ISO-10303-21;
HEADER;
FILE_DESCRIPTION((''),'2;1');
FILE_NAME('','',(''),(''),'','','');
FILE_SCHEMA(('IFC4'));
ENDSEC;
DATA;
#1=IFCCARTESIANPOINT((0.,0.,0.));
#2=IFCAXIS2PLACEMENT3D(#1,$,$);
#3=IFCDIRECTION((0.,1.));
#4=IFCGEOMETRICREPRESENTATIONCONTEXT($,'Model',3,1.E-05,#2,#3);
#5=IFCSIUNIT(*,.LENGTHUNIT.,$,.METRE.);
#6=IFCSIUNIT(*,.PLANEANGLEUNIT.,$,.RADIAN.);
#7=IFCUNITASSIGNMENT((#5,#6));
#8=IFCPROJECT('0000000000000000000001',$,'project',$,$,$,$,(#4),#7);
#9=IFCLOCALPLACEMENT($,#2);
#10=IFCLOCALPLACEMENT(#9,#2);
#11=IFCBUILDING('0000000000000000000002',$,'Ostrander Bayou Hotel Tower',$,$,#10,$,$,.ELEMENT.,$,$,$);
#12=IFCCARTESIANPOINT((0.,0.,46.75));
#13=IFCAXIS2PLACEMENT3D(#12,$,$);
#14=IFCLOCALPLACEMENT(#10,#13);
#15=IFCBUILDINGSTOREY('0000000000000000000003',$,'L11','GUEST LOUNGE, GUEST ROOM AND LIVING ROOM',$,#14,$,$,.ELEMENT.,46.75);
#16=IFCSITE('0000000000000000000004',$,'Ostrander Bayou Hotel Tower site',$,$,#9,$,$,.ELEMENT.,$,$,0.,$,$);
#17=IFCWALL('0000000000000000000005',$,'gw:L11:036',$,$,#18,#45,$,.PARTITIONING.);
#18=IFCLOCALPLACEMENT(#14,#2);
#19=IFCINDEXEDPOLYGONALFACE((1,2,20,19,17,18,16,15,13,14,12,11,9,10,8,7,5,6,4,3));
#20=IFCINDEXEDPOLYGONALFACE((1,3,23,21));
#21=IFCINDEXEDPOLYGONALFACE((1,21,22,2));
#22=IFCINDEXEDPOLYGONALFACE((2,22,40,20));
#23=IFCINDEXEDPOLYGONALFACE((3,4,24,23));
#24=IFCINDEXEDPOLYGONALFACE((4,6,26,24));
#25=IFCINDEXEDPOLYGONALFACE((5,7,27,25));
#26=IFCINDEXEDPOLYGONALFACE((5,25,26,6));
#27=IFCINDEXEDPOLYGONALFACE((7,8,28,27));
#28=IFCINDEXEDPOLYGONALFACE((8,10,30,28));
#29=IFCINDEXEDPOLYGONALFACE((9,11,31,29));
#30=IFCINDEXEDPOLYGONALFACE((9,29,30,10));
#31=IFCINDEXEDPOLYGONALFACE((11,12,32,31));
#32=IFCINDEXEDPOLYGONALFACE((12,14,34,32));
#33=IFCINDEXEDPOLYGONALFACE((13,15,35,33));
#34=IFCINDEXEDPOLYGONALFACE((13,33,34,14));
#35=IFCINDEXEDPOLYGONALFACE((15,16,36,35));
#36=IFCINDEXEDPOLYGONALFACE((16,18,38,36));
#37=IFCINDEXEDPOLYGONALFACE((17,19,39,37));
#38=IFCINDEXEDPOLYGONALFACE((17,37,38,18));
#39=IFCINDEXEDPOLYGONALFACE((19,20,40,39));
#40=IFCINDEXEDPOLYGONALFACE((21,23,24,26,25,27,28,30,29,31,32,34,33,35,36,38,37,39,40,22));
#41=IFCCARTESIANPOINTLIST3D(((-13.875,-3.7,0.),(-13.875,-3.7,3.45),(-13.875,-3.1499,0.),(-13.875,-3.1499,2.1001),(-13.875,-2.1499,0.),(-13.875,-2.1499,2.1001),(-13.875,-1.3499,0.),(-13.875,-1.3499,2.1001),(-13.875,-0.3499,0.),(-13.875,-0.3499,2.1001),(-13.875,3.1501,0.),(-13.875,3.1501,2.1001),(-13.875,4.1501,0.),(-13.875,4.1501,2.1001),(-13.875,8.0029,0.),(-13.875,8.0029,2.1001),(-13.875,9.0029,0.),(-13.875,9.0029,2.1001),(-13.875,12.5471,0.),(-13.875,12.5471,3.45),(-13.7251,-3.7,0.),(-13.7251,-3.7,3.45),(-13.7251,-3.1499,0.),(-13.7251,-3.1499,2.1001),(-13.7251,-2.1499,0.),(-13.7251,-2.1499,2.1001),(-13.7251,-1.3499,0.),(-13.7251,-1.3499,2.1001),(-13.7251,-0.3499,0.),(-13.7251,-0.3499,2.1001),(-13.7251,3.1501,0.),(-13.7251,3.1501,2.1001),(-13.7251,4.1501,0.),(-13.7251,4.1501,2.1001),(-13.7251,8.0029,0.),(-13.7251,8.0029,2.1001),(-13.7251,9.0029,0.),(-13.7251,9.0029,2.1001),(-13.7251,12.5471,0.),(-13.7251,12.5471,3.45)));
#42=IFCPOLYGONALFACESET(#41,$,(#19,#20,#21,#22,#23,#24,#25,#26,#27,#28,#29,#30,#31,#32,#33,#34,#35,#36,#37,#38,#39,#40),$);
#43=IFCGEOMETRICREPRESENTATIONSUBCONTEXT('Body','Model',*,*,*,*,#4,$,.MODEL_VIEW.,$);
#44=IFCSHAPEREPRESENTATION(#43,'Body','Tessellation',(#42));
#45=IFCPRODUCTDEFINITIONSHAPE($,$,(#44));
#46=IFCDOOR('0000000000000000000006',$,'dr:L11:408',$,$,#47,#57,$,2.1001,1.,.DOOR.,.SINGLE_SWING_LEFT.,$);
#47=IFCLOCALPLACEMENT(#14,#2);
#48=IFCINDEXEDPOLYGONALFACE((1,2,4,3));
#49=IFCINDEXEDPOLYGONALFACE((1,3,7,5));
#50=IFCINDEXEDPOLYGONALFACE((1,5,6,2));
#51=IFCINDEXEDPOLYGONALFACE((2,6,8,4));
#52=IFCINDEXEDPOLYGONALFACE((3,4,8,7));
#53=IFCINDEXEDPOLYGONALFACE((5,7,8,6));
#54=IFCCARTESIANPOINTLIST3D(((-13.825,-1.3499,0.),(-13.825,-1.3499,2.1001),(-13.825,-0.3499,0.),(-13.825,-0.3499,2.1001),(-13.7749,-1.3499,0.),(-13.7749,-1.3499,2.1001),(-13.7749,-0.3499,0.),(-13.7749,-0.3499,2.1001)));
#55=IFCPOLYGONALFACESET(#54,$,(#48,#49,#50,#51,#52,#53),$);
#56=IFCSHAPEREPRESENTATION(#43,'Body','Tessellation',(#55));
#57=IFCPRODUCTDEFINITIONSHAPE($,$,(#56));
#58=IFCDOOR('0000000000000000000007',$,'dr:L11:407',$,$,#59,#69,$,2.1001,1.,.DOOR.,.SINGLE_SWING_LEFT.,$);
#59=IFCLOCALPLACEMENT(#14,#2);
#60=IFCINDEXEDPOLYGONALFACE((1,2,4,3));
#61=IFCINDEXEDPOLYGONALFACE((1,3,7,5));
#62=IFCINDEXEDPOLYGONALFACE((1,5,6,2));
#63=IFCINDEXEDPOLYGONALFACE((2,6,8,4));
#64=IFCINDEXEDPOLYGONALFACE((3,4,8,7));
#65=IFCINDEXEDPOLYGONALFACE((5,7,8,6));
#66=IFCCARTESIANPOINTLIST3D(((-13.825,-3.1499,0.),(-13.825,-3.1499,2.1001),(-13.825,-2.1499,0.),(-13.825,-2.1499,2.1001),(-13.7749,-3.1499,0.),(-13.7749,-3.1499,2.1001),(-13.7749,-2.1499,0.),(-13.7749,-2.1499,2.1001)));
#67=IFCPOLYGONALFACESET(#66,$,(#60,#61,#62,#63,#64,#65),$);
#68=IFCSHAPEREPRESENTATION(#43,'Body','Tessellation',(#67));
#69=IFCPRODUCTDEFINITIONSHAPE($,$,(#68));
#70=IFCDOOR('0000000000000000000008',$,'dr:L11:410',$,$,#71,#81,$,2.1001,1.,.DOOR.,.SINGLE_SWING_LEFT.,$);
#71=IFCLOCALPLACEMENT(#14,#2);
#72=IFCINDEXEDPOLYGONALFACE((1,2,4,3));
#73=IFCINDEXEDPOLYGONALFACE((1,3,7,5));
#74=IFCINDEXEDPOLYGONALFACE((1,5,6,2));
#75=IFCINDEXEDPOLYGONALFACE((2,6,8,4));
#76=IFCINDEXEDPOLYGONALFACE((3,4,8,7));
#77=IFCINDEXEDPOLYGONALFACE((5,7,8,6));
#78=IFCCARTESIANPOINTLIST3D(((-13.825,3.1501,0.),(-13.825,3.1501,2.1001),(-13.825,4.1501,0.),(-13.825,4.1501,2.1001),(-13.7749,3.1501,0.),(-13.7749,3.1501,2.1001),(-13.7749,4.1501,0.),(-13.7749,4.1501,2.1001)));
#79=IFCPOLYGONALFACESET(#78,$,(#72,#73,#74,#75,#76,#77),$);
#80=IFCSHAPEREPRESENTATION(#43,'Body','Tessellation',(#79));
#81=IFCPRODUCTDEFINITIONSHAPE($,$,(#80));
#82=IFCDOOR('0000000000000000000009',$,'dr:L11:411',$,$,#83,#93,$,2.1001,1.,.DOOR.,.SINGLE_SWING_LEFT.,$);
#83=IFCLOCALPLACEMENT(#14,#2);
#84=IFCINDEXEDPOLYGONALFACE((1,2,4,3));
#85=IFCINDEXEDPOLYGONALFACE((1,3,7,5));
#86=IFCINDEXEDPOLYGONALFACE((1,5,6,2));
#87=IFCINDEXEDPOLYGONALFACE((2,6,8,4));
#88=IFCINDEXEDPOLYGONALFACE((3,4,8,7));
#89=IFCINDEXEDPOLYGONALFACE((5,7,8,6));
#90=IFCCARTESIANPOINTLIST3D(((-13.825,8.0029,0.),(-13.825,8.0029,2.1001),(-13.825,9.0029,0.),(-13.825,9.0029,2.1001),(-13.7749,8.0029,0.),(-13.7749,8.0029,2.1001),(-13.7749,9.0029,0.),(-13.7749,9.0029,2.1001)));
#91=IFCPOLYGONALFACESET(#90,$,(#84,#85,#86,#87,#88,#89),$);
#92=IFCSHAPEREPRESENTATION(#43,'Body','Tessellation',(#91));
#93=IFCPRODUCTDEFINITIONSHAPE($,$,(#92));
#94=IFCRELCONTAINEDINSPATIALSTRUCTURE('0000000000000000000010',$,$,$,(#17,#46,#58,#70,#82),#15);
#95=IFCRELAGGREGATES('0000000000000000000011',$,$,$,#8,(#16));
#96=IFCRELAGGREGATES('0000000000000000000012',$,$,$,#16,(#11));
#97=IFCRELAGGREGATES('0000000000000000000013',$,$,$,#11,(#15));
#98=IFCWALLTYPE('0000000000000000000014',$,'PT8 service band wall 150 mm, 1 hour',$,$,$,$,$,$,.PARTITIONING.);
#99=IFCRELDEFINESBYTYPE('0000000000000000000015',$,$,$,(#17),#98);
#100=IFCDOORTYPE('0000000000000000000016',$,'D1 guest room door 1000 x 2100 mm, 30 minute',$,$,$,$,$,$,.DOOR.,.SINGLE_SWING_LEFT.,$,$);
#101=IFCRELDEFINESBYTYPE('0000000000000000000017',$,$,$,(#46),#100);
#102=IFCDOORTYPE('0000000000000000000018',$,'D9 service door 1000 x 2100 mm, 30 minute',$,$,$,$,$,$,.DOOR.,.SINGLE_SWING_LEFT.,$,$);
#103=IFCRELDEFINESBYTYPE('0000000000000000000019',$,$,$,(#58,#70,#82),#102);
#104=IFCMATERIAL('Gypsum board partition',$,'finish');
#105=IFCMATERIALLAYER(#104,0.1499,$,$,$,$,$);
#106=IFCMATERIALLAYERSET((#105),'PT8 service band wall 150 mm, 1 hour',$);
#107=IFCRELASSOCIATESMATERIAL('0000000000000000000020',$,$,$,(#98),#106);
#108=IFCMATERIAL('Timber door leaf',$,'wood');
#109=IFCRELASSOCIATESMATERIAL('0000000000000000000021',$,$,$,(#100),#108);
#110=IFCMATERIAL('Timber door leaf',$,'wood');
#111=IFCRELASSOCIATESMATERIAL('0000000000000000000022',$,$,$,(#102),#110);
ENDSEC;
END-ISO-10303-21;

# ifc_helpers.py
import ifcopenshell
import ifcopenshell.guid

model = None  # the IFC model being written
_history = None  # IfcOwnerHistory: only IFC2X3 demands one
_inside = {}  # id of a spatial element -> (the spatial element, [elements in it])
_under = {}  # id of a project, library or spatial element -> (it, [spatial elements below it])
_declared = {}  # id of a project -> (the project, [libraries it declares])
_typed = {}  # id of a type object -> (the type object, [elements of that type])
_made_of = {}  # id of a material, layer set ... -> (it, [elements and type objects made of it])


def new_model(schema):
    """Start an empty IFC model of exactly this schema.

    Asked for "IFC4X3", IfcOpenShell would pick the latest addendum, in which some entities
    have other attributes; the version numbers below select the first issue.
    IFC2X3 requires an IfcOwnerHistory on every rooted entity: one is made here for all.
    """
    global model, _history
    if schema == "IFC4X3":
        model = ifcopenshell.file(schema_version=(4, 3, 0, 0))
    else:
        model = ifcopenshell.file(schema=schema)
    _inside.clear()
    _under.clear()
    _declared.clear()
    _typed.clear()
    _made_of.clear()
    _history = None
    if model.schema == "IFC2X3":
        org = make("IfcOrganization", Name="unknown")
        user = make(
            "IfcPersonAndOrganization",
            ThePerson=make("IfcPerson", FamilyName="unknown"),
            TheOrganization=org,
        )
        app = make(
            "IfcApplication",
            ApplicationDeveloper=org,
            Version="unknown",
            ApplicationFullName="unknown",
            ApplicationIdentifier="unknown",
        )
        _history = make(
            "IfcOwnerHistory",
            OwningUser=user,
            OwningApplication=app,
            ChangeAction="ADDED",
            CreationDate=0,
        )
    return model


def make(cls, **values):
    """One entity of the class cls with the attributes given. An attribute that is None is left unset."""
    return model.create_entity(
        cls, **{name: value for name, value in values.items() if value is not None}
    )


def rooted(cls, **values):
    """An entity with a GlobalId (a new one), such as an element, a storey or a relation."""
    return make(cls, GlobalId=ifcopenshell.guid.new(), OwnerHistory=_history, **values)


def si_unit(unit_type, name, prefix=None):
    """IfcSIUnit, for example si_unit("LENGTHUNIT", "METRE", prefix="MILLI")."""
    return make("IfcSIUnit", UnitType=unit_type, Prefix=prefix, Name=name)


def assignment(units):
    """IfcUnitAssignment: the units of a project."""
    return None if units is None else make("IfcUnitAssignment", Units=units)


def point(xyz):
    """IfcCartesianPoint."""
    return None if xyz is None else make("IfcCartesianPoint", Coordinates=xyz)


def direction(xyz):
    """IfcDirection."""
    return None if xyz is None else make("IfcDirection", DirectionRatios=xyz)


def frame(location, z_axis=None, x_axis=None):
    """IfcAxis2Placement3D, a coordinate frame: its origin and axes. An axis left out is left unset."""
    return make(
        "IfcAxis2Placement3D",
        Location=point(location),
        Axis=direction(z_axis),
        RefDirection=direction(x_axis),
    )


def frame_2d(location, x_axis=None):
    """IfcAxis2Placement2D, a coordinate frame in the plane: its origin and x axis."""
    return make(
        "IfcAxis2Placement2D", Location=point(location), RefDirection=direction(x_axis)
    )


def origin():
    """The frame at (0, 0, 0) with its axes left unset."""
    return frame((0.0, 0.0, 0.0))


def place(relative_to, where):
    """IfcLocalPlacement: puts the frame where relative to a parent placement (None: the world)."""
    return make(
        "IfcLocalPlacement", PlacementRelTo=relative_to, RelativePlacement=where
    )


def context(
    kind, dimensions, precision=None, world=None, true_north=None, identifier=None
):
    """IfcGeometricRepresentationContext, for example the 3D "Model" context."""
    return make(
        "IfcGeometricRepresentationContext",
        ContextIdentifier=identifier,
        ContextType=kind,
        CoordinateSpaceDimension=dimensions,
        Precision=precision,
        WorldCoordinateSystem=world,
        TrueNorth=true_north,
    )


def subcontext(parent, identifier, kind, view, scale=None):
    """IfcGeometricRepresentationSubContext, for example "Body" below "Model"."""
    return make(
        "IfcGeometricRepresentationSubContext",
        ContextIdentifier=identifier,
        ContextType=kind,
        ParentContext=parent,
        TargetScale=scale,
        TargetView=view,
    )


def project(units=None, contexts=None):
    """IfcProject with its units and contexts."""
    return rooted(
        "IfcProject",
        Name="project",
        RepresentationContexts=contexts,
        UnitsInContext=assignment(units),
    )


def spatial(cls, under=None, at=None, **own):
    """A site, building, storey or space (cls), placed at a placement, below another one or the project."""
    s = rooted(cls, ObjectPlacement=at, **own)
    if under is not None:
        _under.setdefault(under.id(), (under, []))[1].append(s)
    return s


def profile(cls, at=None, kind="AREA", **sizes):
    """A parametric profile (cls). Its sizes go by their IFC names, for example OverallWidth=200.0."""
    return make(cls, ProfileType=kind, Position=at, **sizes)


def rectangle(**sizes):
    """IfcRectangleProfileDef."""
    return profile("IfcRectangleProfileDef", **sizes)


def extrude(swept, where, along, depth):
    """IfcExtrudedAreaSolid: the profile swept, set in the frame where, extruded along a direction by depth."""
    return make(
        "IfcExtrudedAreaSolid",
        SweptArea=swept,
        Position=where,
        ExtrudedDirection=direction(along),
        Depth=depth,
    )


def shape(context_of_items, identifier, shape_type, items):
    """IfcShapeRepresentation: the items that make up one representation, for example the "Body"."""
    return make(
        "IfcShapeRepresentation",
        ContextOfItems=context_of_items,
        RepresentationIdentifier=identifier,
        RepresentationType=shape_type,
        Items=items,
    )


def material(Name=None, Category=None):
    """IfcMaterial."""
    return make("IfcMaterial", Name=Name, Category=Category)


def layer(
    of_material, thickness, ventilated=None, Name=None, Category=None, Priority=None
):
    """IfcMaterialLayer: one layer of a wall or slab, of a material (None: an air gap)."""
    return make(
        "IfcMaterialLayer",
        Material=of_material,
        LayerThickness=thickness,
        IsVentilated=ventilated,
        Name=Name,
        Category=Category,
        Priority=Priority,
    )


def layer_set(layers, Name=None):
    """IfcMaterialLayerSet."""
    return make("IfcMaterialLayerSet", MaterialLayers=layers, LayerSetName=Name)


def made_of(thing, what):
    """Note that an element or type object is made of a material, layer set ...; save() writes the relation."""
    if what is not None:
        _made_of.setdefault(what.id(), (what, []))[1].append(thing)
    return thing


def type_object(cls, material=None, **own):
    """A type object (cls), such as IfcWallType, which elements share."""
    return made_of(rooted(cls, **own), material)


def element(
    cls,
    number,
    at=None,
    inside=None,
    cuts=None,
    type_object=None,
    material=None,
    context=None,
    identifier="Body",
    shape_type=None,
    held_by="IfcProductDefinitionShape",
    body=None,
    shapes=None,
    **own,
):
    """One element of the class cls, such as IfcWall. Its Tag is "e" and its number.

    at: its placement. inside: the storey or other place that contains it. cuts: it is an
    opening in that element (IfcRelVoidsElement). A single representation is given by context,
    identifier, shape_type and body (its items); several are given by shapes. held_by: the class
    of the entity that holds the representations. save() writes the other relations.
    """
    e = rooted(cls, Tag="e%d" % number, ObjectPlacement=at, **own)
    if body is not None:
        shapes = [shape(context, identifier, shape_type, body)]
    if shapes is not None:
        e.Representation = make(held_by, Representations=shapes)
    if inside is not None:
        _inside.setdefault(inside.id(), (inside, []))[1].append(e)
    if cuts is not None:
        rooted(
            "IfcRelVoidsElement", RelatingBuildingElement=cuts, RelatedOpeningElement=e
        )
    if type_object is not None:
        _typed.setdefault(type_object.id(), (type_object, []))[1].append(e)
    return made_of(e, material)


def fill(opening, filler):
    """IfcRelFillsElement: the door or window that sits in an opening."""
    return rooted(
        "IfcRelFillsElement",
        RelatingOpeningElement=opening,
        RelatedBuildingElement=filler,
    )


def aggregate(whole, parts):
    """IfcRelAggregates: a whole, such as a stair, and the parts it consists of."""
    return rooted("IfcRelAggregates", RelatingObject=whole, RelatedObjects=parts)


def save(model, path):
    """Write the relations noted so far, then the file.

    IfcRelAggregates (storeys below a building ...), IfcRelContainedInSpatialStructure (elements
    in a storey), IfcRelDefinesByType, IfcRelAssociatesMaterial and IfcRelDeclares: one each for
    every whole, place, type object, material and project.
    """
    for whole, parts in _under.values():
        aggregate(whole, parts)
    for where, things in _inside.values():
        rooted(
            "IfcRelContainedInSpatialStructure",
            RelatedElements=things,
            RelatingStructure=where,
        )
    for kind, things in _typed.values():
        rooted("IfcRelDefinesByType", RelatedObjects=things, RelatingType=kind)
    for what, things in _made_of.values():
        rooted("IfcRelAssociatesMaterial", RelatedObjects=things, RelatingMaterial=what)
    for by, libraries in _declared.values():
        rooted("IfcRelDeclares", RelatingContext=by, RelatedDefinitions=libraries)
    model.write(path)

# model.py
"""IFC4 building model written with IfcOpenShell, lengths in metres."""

from ifc_helpers import new_model, si_unit, direction, frame, frame_2d, origin, place, context, subcontext, project, spatial, rectangle, extrude, material, layer, layer_set, type_object, element, fill, save


model = new_model("IFC4")

# Units and contexts
model_context = context("Model", 3, precision=1e-05, world=origin(), true_north=direction((0.0, 1.0)))
body_context = subcontext(model_context, "Body", "Model", "MODEL_VIEW")
ifc_project = project(units=[si_unit("LENGTHUNIT", "METRE"), si_unit("PLANEANGLEUNIT", "RADIAN")], contexts=[model_context])

# Site, building, storey
site_placement = place(None, origin())
site = spatial("IfcSite", under=ifc_project, at=site_placement, Name="Ostrander Bayou Hotel Tower site", CompositionType="ELEMENT", RefElevation=0.0)
building_placement = place(site_placement, origin())
building = spatial("IfcBuilding", under=site, at=building_placement, Name="Ostrander Bayou Hotel Tower", CompositionType="ELEMENT")
storey_placement = place(building_placement, frame((0.0, 0.0, 46.75)))
storey = spatial("IfcBuildingStorey", under=building, at=storey_placement, Name="L11", Description="GUEST LOUNGE, GUEST ROOM AND LIVING ROOM", CompositionType="ELEMENT", Elevation=46.75)

# Shared definitions
ifc_material_1 = material(Name="Gypsum board partition", Category="finish")
ifc_layer_1 = layer(ifc_material_1, 0.1499)
ifc_layer_set_1 = layer_set([ifc_layer_1], Name="PT8 service band wall 150 mm, 1 hour")
wall_type_1 = type_object("IfcWallType", Name="PT8 service band wall 150 mm, 1 hour", PredefinedType="PARTITIONING", material=ifc_layer_set_1)

# Wall, openings, doors
wall_1_placement = place(storey_placement, frame((-13.8, -3.7, 0.0), z_axis=(0.0, 0.0, 1.0), x_axis=(0.0, 1.0, 0.0)))
wall_1 = element("IfcWall", 1, at=wall_1_placement, inside=storey, type_object=wall_type_1, Name="gw:L11:036", PredefinedType="PARTITIONING", context=body_context, shape_type="SweptSolid", body=[
    extrude(rectangle(XDim=16.2471, YDim=0.1499, at=frame_2d((8.1235, 0.0))), origin(), (0.0, 0.0, 1.0), 3.45),
])
opening_1_placement = place(wall_1_placement, frame((0.55, 0.0, 0.0)))
opening_1 = element("IfcOpeningElement", 2, at=opening_1_placement, cuts=wall_1, PredefinedType="OPENING", context=body_context, shape_type="SweptSolid", body=[
    extrude(rectangle(XDim=1.0, YDim=2.1001, at=frame_2d((0.5, 1.05))), frame((0.0, 0.075, 0.0), z_axis=(0.0, -1.0, 0.0), x_axis=(1.0, 0.0, 0.0)), (0.0, 0.0, 1.0), 0.1499),
])
opening_2_placement = place(wall_1_placement, frame((2.3501, 0.0, 0.0)))
opening_2 = element("IfcOpeningElement", 3, at=opening_2_placement, cuts=wall_1, PredefinedType="OPENING", context=body_context, shape_type="SweptSolid", body=[
    extrude(rectangle(XDim=1.0, YDim=2.1001, at=frame_2d((0.5, 1.05))), frame((0.0, 0.075, 0.0), z_axis=(0.0, -1.0, 0.0), x_axis=(1.0, 0.0, 0.0)), (0.0, 0.0, 1.0), 0.1499),
])
opening_3_placement = place(wall_1_placement, frame((6.8501, 0.0, 0.0)))
opening_3 = element("IfcOpeningElement", 4, at=opening_3_placement, cuts=wall_1, PredefinedType="OPENING", context=body_context, shape_type="SweptSolid", body=[
    extrude(rectangle(XDim=1.0, YDim=2.1001, at=frame_2d((0.5, 1.05))), frame((0.0, 0.075, 0.0), z_axis=(0.0, -1.0, 0.0), x_axis=(1.0, 0.0, 0.0)), (0.0, 0.0, 1.0), 0.1499),
])
opening_4_placement = place(wall_1_placement, frame((11.7029, 0.0, 0.0)))
opening_4 = element("IfcOpeningElement", 5, at=opening_4_placement, cuts=wall_1, PredefinedType="OPENING", context=body_context, shape_type="SweptSolid", body=[
    extrude(rectangle(XDim=1.0, YDim=2.1001, at=frame_2d((0.5, 1.05))), frame((0.0, 0.075, 0.0), z_axis=(0.0, -1.0, 0.0), x_axis=(1.0, 0.0, 0.0)), (0.0, 0.0, 1.0), 0.1499),
])
ifc_material_2 = material(Name="Timber door leaf", Category="wood")
door_type_1 = type_object("IfcDoorType", Name="D1 guest room door 1000 x 2100 mm, 30 minute", OperationType="SINGLE_SWING_LEFT", PredefinedType="DOOR", material=ifc_material_2)
door_1_placement = place(opening_2_placement, origin())
door_1 = element("IfcDoor", 6, at=door_1_placement, inside=storey, type_object=door_type_1, Name="dr:L11:408", OperationType="SINGLE_SWING_LEFT", OverallHeight=2.1001, OverallWidth=1.0, PredefinedType="DOOR", context=body_context, shape_type="SweptSolid", body=[
    extrude(rectangle(XDim=1.0, YDim=2.1001, at=frame_2d((0.5, 1.05))), frame((0.0, 0.0249, 0.0), z_axis=(0.0, -1.0, 0.0), x_axis=(1.0, 0.0, 0.0)), (0.0, 0.0, 1.0), 0.05),
])
fill(opening_2, door_1)
ifc_material_3 = material(Name="Timber door leaf", Category="wood")
door_type_2 = type_object("IfcDoorType", Name="D9 service door 1000 x 2100 mm, 30 minute", OperationType="SINGLE_SWING_LEFT", PredefinedType="DOOR", material=ifc_material_3)
door_2_placement = place(opening_1_placement, origin())
door_2 = element("IfcDoor", 7, at=door_2_placement, inside=storey, type_object=door_type_2, Name="dr:L11:407", OperationType="SINGLE_SWING_LEFT", OverallHeight=2.1001, OverallWidth=1.0, PredefinedType="DOOR", context=body_context, shape_type="SweptSolid", body=[
    extrude(rectangle(XDim=1.0, YDim=2.1001, at=frame_2d((0.5, 1.05))), frame((0.0, 0.0249, 0.0), z_axis=(0.0, -1.0, 0.0), x_axis=(1.0, 0.0, 0.0)), (0.0, 0.0, 1.0), 0.05),
])
fill(opening_1, door_2)
door_3_placement = place(opening_3_placement, origin())
door_3 = element("IfcDoor", 8, at=door_3_placement, inside=storey, type_object=door_type_2, Name="dr:L11:410", OperationType="SINGLE_SWING_LEFT", OverallHeight=2.1001, OverallWidth=1.0, PredefinedType="DOOR", context=body_context, shape_type="SweptSolid", body=[
    extrude(rectangle(XDim=1.0, YDim=2.1001, at=frame_2d((0.5, 1.05))), frame((0.0, 0.0249, 0.0), z_axis=(0.0, -1.0, 0.0), x_axis=(1.0, 0.0, 0.0)), (0.0, 0.0, 1.0), 0.05),
])
fill(opening_3, door_3)
door_4_placement = place(opening_4_placement, origin())
door_4 = element("IfcDoor", 9, at=door_4_placement, inside=storey, type_object=door_type_2, Name="dr:L11:411", OperationType="SINGLE_SWING_LEFT", OverallHeight=2.1001, OverallWidth=1.0, PredefinedType="DOOR", context=body_context, shape_type="SweptSolid", body=[
    extrude(rectangle(XDim=1.0, YDim=2.1001, at=frame_2d((0.5, 1.05))), frame((0.0, 0.0249, 0.0), z_axis=(0.0, -1.0, 0.0), x_axis=(1.0, 0.0, 0.0)), (0.0, 0.0, 1.0), 0.05),
])
fill(opening_4, door_4)

save(model, "model.ifc")
